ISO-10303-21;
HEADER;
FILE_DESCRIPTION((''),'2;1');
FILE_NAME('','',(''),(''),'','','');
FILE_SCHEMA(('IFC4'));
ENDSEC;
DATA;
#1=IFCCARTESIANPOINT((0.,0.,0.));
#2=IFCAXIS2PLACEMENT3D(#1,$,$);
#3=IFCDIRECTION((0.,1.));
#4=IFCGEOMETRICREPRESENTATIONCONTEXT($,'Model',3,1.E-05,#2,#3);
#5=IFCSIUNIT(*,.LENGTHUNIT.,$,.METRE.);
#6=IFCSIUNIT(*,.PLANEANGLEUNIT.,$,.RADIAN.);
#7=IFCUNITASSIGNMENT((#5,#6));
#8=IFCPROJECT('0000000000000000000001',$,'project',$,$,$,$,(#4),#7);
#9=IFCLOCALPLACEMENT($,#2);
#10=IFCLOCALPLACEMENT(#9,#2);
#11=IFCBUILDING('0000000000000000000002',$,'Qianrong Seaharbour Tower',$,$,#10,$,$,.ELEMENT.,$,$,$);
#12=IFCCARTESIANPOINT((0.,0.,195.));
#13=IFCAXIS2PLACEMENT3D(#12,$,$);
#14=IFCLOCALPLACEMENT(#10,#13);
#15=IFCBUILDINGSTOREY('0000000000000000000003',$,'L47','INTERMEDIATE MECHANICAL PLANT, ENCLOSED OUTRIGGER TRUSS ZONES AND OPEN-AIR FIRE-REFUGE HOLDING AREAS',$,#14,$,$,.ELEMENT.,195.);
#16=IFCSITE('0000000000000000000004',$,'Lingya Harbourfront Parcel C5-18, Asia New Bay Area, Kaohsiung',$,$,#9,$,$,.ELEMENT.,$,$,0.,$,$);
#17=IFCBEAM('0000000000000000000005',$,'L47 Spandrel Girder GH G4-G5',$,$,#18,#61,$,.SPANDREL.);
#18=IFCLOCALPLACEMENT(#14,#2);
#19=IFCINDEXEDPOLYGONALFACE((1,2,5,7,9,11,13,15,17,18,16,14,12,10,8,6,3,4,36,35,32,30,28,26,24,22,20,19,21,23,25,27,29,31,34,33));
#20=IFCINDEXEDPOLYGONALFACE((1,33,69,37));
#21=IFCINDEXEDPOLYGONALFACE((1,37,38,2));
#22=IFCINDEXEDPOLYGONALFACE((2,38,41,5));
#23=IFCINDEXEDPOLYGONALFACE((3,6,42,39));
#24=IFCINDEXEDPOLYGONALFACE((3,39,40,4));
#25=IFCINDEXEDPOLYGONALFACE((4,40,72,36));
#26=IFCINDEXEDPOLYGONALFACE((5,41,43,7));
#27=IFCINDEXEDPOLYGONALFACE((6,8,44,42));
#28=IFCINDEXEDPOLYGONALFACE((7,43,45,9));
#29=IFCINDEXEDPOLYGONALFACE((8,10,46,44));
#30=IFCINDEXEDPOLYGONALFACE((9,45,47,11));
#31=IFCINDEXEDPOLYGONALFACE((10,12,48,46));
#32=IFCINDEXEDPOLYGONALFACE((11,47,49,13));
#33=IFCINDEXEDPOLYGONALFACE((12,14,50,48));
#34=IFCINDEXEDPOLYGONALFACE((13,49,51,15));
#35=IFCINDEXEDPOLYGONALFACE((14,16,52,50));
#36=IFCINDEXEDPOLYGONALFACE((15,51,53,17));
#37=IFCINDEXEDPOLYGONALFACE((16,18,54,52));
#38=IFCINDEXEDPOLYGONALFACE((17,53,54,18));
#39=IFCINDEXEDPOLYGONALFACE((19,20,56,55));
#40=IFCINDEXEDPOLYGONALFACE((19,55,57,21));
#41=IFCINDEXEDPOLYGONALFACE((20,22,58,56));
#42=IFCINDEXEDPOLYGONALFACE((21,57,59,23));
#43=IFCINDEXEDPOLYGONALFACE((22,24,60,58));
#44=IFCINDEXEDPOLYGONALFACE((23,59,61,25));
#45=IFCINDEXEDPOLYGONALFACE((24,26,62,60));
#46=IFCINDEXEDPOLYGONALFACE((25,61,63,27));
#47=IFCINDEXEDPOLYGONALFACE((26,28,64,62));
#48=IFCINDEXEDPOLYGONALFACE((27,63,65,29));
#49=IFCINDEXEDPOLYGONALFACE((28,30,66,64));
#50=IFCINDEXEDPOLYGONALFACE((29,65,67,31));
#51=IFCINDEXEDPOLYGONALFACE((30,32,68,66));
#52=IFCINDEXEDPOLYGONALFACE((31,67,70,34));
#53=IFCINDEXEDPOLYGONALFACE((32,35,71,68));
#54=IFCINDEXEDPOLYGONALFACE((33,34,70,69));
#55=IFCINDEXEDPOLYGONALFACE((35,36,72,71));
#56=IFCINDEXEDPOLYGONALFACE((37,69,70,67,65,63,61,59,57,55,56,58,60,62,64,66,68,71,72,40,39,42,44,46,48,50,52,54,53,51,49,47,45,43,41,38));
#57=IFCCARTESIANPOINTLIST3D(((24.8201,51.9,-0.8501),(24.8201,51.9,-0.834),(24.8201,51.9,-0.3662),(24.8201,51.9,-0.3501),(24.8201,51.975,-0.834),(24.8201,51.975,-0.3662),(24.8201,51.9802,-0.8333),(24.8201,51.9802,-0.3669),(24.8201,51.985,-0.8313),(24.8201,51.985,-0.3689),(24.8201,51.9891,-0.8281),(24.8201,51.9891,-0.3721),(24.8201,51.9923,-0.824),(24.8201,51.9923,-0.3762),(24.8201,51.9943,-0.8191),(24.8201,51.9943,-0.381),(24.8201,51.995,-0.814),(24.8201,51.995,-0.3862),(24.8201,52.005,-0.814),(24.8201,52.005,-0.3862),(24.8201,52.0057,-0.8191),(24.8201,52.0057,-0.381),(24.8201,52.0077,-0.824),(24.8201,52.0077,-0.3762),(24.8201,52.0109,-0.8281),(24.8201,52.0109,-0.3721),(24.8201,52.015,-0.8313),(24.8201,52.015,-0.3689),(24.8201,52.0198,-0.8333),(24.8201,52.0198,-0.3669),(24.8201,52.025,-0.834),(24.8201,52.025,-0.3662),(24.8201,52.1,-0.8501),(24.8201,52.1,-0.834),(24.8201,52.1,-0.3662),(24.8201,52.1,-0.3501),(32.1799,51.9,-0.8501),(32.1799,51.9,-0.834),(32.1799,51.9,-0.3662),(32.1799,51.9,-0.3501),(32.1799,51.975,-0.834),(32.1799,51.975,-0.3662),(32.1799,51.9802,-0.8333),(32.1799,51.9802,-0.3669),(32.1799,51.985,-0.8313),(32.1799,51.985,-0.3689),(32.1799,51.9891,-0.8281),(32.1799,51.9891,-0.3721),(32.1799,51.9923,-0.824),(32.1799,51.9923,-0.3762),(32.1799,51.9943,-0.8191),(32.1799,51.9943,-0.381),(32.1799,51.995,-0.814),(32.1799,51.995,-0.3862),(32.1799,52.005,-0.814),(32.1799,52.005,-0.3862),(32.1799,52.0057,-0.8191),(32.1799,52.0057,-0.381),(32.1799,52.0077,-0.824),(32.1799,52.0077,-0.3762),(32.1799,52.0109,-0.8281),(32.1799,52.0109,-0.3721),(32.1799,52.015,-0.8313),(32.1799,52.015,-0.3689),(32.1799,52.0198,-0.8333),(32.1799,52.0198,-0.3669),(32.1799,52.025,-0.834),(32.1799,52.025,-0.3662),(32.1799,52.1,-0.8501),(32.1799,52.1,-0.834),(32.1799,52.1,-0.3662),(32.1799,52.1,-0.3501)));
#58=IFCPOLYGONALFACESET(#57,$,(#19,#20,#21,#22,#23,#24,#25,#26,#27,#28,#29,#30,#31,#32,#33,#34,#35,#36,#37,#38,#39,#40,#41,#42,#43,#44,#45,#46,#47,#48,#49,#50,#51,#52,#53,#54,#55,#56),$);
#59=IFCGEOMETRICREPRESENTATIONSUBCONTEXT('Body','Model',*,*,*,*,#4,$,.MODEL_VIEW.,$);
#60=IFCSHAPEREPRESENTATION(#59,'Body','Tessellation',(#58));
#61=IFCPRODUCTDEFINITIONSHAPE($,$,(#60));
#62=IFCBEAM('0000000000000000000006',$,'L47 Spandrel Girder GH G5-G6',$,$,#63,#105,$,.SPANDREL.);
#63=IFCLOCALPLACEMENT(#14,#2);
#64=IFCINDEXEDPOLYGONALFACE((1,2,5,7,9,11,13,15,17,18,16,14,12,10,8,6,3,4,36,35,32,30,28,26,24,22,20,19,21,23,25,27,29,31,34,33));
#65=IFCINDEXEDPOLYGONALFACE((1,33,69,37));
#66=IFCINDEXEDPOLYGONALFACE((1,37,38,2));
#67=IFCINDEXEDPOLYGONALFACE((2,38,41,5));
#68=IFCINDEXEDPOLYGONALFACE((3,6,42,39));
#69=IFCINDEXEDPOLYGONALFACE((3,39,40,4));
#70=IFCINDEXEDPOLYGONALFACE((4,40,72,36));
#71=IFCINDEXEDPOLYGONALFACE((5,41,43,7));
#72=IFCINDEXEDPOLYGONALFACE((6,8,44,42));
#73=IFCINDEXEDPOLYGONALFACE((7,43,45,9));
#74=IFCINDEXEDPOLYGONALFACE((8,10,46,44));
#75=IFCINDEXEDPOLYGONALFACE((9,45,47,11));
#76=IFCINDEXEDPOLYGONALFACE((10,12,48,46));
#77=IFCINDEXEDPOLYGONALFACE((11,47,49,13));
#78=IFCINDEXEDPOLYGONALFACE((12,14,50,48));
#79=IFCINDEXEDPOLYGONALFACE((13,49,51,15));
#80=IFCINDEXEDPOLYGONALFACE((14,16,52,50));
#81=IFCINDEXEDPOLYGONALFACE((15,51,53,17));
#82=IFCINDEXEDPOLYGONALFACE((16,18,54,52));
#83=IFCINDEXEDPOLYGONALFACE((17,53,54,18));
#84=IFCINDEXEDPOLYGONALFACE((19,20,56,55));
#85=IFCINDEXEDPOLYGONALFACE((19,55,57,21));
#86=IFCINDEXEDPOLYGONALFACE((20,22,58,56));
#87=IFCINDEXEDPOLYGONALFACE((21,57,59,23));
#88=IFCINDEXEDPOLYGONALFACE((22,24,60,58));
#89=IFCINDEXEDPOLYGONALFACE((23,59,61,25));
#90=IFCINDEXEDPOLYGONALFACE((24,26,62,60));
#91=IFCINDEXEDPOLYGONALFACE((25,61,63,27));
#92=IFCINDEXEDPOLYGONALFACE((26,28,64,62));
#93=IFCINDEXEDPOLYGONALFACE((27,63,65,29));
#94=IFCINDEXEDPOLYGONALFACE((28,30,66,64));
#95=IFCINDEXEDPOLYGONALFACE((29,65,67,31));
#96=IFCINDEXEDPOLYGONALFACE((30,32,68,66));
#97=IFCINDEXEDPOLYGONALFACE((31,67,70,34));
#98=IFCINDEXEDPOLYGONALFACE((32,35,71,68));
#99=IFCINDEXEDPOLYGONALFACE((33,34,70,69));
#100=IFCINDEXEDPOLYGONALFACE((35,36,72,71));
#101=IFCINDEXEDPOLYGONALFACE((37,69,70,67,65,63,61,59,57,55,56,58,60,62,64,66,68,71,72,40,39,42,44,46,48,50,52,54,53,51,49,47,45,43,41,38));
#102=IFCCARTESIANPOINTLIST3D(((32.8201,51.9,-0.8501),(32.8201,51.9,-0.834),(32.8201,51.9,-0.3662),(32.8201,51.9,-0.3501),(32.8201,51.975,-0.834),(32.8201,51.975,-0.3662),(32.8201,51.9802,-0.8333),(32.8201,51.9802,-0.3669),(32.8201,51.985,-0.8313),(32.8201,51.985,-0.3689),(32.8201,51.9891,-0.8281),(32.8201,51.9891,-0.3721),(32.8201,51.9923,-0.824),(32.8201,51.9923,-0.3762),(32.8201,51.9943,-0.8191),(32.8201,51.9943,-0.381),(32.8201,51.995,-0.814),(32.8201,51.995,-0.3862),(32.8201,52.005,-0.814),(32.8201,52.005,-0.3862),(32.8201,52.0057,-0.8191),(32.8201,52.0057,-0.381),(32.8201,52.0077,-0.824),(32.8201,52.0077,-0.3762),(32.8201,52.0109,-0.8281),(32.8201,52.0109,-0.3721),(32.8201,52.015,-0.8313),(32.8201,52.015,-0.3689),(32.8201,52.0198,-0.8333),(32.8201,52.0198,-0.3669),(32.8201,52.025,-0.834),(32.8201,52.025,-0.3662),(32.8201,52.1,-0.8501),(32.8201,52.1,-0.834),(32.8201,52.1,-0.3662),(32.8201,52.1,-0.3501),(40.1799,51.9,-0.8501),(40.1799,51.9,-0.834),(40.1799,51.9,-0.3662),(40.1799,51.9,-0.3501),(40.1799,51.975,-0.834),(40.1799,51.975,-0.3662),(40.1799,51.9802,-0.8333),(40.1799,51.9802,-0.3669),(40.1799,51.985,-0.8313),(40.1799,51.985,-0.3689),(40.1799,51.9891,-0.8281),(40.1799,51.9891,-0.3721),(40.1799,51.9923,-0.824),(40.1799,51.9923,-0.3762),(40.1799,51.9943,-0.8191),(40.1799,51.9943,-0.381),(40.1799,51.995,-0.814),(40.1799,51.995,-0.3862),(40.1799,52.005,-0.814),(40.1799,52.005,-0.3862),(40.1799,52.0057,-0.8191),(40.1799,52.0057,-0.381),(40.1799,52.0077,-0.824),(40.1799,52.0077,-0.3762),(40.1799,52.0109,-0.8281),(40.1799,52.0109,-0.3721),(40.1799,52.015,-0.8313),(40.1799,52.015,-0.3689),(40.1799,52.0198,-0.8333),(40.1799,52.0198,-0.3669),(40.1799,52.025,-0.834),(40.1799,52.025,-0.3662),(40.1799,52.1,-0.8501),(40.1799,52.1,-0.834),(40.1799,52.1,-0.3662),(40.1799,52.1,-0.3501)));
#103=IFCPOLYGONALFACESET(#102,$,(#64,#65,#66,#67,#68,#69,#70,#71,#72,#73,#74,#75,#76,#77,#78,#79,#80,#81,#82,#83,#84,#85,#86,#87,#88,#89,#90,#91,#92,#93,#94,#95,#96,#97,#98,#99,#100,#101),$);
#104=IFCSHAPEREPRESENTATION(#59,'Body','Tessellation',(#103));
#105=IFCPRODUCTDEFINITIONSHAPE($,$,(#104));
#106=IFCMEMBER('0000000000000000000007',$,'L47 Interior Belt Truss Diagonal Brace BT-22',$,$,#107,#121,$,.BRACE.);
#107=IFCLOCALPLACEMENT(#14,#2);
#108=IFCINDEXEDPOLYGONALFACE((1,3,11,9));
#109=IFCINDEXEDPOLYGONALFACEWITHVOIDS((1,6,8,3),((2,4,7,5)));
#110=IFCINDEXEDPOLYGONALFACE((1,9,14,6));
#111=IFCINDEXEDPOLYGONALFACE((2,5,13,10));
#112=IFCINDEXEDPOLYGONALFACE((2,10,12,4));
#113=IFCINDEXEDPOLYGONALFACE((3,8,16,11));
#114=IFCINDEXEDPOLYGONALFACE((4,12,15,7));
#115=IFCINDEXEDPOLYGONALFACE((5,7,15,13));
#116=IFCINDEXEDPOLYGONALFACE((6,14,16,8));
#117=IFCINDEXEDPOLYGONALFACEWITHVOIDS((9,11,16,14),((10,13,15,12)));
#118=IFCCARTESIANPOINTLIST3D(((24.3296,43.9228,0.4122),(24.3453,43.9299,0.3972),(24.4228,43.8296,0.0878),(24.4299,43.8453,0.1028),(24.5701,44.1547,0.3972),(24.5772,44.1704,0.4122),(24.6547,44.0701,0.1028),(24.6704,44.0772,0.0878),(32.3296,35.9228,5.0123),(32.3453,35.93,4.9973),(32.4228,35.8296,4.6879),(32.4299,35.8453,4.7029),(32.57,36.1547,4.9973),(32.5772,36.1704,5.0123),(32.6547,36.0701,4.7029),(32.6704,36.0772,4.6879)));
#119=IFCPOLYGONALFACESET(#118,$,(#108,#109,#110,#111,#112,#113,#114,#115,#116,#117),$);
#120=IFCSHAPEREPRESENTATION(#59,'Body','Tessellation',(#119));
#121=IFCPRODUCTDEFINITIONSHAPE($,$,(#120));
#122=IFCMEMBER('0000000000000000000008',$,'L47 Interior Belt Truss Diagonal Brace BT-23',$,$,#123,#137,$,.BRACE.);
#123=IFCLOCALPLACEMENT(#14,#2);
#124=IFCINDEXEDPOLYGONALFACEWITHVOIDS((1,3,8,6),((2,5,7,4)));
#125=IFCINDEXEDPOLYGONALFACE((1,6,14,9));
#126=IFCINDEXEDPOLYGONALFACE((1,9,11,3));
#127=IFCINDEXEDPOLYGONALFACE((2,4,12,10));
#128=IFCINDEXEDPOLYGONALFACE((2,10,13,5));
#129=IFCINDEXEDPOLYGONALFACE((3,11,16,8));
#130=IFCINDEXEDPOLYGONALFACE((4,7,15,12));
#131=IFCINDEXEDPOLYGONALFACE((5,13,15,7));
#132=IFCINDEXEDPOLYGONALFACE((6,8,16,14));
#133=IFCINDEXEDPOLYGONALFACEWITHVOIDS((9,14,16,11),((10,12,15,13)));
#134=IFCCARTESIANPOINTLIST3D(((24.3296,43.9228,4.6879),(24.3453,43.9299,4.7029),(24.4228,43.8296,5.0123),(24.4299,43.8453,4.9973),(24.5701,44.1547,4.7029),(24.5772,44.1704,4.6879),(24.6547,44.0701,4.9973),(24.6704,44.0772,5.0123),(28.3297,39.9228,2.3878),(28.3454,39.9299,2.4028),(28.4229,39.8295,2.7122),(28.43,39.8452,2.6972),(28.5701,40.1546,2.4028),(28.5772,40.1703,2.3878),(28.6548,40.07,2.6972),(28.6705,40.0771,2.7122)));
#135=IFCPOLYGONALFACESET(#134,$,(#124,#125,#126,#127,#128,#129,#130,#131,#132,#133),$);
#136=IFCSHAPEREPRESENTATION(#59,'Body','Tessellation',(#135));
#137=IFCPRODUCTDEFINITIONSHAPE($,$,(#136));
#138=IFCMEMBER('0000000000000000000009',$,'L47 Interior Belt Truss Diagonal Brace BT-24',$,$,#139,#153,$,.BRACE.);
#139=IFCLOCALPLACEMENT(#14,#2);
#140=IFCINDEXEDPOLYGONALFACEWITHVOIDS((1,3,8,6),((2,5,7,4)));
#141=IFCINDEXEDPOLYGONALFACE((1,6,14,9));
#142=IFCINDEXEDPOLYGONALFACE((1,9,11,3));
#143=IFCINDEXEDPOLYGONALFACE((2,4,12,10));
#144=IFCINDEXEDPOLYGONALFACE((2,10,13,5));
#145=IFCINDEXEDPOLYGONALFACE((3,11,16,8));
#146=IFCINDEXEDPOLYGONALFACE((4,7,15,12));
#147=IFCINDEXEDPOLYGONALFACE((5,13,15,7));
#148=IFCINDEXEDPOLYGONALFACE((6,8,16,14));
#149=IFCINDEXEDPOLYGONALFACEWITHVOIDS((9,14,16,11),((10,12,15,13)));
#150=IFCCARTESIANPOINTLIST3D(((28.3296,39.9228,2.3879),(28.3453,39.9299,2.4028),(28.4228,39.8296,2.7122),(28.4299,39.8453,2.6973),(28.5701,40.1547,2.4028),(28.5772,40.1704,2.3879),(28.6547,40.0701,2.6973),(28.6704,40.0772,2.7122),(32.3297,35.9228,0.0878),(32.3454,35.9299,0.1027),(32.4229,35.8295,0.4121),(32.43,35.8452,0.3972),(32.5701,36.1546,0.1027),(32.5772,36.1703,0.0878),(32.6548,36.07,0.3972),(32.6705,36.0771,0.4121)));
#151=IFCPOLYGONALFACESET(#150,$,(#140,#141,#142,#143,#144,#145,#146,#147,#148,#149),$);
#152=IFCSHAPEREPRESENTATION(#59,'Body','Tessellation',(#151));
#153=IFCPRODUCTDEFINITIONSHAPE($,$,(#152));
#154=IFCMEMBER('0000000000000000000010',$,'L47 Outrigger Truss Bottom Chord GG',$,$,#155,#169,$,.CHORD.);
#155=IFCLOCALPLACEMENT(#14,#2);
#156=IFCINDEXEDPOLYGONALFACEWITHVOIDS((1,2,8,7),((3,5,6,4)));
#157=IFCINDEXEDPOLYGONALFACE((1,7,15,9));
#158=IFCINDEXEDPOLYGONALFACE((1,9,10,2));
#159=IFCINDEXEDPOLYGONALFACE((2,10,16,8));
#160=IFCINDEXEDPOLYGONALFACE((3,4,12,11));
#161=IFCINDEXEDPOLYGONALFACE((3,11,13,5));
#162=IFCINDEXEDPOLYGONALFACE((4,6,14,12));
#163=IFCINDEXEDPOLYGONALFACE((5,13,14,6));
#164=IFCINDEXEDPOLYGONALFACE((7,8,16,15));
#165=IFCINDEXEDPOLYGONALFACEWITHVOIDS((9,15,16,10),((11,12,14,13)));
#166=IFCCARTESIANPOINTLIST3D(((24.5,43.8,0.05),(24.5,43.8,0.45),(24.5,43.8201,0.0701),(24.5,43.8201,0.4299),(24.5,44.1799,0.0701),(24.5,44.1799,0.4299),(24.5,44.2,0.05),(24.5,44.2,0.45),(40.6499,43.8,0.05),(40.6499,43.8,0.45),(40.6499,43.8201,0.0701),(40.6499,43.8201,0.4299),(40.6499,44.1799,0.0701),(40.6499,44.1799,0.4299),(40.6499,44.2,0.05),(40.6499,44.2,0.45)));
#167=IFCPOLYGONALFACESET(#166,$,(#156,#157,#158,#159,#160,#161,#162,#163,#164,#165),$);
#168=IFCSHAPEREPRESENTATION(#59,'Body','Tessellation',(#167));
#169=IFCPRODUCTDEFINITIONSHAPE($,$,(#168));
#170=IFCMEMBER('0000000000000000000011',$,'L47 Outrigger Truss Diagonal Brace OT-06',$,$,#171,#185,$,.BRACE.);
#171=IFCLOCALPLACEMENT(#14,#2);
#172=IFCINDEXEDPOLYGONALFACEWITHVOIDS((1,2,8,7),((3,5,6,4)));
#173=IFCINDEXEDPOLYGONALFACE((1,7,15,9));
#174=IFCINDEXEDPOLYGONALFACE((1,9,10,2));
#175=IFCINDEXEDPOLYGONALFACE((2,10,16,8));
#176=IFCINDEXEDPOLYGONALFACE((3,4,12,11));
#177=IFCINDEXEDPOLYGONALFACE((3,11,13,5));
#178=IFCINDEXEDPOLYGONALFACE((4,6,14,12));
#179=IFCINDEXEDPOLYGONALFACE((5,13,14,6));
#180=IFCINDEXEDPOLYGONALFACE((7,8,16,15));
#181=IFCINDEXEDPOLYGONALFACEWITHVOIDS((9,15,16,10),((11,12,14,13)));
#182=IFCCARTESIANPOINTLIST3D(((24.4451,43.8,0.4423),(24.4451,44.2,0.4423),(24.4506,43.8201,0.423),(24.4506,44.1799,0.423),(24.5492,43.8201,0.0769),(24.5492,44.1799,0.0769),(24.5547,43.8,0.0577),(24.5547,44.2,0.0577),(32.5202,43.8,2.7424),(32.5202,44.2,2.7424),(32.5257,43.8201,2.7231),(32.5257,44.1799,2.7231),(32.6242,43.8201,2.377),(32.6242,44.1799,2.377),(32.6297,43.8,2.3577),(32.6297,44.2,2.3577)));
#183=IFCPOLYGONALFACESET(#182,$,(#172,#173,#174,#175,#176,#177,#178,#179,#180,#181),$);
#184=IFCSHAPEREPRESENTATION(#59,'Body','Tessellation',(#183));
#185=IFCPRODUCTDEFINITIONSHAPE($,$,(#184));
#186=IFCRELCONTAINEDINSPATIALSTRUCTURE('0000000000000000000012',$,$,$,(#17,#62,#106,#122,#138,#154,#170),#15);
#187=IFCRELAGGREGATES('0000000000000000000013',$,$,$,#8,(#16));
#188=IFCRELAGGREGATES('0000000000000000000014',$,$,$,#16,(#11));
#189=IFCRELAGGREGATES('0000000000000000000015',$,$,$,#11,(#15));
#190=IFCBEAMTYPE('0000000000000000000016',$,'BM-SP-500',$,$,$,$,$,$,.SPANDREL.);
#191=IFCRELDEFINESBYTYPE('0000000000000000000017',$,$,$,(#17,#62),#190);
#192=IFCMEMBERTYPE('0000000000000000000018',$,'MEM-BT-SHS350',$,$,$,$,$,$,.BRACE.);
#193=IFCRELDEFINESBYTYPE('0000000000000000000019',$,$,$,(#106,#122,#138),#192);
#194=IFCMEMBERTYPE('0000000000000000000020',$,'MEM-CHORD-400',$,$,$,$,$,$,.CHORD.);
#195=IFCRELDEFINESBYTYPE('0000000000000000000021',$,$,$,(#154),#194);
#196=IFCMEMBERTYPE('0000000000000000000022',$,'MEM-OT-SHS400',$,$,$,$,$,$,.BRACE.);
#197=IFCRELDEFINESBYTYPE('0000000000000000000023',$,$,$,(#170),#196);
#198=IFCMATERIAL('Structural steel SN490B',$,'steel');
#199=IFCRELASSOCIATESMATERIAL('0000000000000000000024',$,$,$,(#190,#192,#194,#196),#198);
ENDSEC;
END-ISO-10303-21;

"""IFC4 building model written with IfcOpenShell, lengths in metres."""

from ifc_helpers import new_model, si_unit, direction, frame, origin, origin_2d, place, context, subcontext, project, spatial, hollow_rectangle, i_section, extrude, material, material_profile, profile_set, type_object, element, save


model = new_model("IFC4")

# Units and contexts
model_context = context("Model", 3, precision=1e-05, world=origin(), true_north=direction((0.0, 1.0)))
body_context = subcontext(model_context, "Body", "Model", "MODEL_VIEW")
ifc_project = project(units=[si_unit("LENGTHUNIT", "METRE"), si_unit("PLANEANGLEUNIT", "RADIAN")], contexts=[model_context])

# Site, building, storey
site_placement = place(None, origin())
site = spatial("IfcSite", under=ifc_project, at=site_placement, Name="Lingya Harbourfront Parcel C5-18, Asia New Bay Area, Kaohsiung", CompositionType="ELEMENT", RefElevation=0.0)
building_placement = place(site_placement, origin())
building = spatial("IfcBuilding", under=site, at=building_placement, Name="Qianrong Seaharbour Tower", CompositionType="ELEMENT")
storey_placement = place(building_placement, frame((0.0, 0.0, 195.0)))
storey = spatial("IfcBuildingStorey", under=building, at=storey_placement, Name="L47", Description="INTERMEDIATE MECHANICAL PLANT, ENCLOSED OUTRIGGER TRUSS ZONES AND OPEN-AIR FIRE-REFUGE HOLDING AREAS", CompositionType="ELEMENT", Elevation=195.0)

# Shared definitions
ifc_material_1 = material(Name="Structural steel SN490B", Category="steel")

# Beams
ifc_material_profile_1 = material_profile(ifc_material_1, i_section(OverallWidth=0.2, OverallDepth=0.5, WebThickness=0.01, FlangeThickness=0.0161, FilletRadius=0.02, at=origin_2d()), Name="H500x200x10x16")
ifc_profile_set_1 = profile_set([ifc_material_profile_1], Name="Structural steel SN490B")
beam_type_1 = type_object("IfcBeamType", Name="BM-SP-500", PredefinedType="SPANDREL", material=ifc_profile_set_1)
for number, where, z_axis, x_axis, name in (
    (1, (24.8201, 52.0, -0.6001), (1.0, 0.0, 0.0), (0.0, 1.0, 0.0), "L47 Spandrel Girder GH G4-G5"),
    (2, (32.8201, 52.0, -0.6001), (1.0, 0.0, 0.0), (0.0, 1.0, 0.0), "L47 Spandrel Girder GH G5-G6"),
):
    element("IfcBeam", number, at=place(storey_placement, frame(where, z_axis=z_axis, x_axis=x_axis)), inside=storey, type_object=beam_type_1, Name=name, PredefinedType="SPANDREL", context=body_context, shape_type="SweptSolid", body=[
        extrude(i_section(OverallWidth=0.2, OverallDepth=0.5, WebThickness=0.01, FlangeThickness=0.0161, FilletRadius=0.02, at=origin_2d()), origin(), (0.0, 0.0, 1.0), 7.3599),
    ])

# Members
ifc_material_profile_2 = material_profile(ifc_material_1, hollow_rectangle(XDim=0.3501, YDim=0.3501, WallThickness=0.0161, at=origin_2d()), Name="SHS350x350x16")
ifc_profile_set_2 = profile_set([ifc_material_profile_2], Name="Structural steel SN490B")
member_type_1 = type_object("IfcMemberType", Name="MEM-BT-SHS350", PredefinedType="BRACE", material=ifc_profile_set_2)
member_1_placement = place(storey_placement, frame((24.5, 44.0, 0.25), z_axis=(0.655032, -0.655032, 0.376651), x_axis=(0.707107, 0.707107, 0.0)))
element("IfcMember", 3, at=member_1_placement, inside=storey, type_object=member_type_1, Name="L47 Interior Belt Truss Diagonal Brace BT-22", PredefinedType="BRACE", context=body_context, shape_type="SweptSolid", body=[
    extrude(hollow_rectangle(XDim=0.3501, YDim=0.3501, WallThickness=0.0161, at=origin_2d()), origin(), (0.0, 0.0, 1.0), 12.2131),
])
for number, where, z_axis, x_axis, name in (
    (4, (24.5, 44.0, 4.8501), (0.655032, -0.655032, -0.376651), (0.707107, 0.707107, 0.0), "L47 Interior Belt Truss Diagonal Brace BT-23"),
    (5, (28.5, 40.0, 2.55), (0.655032, -0.655032, -0.376651), (0.707107, 0.707107, 0.0), "L47 Interior Belt Truss Diagonal Brace BT-24"),
):
    element("IfcMember", number, at=place(storey_placement, frame(where, z_axis=z_axis, x_axis=x_axis)), inside=storey, type_object=member_type_1, Name=name, PredefinedType="BRACE", context=body_context, shape_type="SweptSolid", body=[
        extrude(hollow_rectangle(XDim=0.3501, YDim=0.3501, WallThickness=0.0161, at=origin_2d()), origin(), (0.0, 0.0, 1.0), 6.1067),
    ])
ifc_material_profile_3 = material_profile(ifc_material_1, hollow_rectangle(XDim=0.3999, YDim=0.3999, WallThickness=0.02, at=origin_2d()), Name="SHS400x400x20")
ifc_profile_set_3 = profile_set([ifc_material_profile_3], Name="Structural steel SN490B")
member_type_2 = type_object("IfcMemberType", Name="MEM-CHORD-400", PredefinedType="CHORD", material=ifc_profile_set_3)
member_2_placement = place(storey_placement, frame((24.5, 44.0, 0.25), z_axis=(1.0, 0.0, 0.0), x_axis=(0.0, 1.0, 0.0)))
element("IfcMember", 6, at=member_2_placement, inside=storey, type_object=member_type_2, Name="L47 Outrigger Truss Bottom Chord GG", PredefinedType="CHORD", context=body_context, shape_type="SweptSolid", body=[
    extrude(hollow_rectangle(XDim=0.3999, YDim=0.3999, WallThickness=0.02, at=origin_2d()), origin(), (0.0, 0.0, 1.0), 16.1499),
])
ifc_material_profile_4 = material_profile(ifc_material_1, hollow_rectangle(XDim=0.3999, YDim=0.3999, WallThickness=0.02, at=origin_2d()), Name="SHS400x400x20")
ifc_profile_set_4 = profile_set([ifc_material_profile_4], Name="Structural steel SN490B")
member_type_3 = type_object("IfcMemberType", Name="MEM-OT-SHS400", PredefinedType="BRACE", material=ifc_profile_set_4)
member_3_placement = place(storey_placement, frame((32.575, 44.0, 2.55), z_axis=(-0.961746, 0.0, -0.273941), x_axis=(0.0, -1.0, 0.0)))
element("IfcMember", 7, at=member_3_placement, inside=storey, type_object=member_type_3, Name="L47 Outrigger Truss Diagonal Brace OT-06", PredefinedType="BRACE", context=body_context, shape_type="SweptSolid", body=[
    extrude(hollow_rectangle(XDim=0.3999, YDim=0.3999, WallThickness=0.02, at=origin_2d()), origin(), (0.0, 0.0, 1.0), 8.3962),
])

save(model, "model.ifc")
